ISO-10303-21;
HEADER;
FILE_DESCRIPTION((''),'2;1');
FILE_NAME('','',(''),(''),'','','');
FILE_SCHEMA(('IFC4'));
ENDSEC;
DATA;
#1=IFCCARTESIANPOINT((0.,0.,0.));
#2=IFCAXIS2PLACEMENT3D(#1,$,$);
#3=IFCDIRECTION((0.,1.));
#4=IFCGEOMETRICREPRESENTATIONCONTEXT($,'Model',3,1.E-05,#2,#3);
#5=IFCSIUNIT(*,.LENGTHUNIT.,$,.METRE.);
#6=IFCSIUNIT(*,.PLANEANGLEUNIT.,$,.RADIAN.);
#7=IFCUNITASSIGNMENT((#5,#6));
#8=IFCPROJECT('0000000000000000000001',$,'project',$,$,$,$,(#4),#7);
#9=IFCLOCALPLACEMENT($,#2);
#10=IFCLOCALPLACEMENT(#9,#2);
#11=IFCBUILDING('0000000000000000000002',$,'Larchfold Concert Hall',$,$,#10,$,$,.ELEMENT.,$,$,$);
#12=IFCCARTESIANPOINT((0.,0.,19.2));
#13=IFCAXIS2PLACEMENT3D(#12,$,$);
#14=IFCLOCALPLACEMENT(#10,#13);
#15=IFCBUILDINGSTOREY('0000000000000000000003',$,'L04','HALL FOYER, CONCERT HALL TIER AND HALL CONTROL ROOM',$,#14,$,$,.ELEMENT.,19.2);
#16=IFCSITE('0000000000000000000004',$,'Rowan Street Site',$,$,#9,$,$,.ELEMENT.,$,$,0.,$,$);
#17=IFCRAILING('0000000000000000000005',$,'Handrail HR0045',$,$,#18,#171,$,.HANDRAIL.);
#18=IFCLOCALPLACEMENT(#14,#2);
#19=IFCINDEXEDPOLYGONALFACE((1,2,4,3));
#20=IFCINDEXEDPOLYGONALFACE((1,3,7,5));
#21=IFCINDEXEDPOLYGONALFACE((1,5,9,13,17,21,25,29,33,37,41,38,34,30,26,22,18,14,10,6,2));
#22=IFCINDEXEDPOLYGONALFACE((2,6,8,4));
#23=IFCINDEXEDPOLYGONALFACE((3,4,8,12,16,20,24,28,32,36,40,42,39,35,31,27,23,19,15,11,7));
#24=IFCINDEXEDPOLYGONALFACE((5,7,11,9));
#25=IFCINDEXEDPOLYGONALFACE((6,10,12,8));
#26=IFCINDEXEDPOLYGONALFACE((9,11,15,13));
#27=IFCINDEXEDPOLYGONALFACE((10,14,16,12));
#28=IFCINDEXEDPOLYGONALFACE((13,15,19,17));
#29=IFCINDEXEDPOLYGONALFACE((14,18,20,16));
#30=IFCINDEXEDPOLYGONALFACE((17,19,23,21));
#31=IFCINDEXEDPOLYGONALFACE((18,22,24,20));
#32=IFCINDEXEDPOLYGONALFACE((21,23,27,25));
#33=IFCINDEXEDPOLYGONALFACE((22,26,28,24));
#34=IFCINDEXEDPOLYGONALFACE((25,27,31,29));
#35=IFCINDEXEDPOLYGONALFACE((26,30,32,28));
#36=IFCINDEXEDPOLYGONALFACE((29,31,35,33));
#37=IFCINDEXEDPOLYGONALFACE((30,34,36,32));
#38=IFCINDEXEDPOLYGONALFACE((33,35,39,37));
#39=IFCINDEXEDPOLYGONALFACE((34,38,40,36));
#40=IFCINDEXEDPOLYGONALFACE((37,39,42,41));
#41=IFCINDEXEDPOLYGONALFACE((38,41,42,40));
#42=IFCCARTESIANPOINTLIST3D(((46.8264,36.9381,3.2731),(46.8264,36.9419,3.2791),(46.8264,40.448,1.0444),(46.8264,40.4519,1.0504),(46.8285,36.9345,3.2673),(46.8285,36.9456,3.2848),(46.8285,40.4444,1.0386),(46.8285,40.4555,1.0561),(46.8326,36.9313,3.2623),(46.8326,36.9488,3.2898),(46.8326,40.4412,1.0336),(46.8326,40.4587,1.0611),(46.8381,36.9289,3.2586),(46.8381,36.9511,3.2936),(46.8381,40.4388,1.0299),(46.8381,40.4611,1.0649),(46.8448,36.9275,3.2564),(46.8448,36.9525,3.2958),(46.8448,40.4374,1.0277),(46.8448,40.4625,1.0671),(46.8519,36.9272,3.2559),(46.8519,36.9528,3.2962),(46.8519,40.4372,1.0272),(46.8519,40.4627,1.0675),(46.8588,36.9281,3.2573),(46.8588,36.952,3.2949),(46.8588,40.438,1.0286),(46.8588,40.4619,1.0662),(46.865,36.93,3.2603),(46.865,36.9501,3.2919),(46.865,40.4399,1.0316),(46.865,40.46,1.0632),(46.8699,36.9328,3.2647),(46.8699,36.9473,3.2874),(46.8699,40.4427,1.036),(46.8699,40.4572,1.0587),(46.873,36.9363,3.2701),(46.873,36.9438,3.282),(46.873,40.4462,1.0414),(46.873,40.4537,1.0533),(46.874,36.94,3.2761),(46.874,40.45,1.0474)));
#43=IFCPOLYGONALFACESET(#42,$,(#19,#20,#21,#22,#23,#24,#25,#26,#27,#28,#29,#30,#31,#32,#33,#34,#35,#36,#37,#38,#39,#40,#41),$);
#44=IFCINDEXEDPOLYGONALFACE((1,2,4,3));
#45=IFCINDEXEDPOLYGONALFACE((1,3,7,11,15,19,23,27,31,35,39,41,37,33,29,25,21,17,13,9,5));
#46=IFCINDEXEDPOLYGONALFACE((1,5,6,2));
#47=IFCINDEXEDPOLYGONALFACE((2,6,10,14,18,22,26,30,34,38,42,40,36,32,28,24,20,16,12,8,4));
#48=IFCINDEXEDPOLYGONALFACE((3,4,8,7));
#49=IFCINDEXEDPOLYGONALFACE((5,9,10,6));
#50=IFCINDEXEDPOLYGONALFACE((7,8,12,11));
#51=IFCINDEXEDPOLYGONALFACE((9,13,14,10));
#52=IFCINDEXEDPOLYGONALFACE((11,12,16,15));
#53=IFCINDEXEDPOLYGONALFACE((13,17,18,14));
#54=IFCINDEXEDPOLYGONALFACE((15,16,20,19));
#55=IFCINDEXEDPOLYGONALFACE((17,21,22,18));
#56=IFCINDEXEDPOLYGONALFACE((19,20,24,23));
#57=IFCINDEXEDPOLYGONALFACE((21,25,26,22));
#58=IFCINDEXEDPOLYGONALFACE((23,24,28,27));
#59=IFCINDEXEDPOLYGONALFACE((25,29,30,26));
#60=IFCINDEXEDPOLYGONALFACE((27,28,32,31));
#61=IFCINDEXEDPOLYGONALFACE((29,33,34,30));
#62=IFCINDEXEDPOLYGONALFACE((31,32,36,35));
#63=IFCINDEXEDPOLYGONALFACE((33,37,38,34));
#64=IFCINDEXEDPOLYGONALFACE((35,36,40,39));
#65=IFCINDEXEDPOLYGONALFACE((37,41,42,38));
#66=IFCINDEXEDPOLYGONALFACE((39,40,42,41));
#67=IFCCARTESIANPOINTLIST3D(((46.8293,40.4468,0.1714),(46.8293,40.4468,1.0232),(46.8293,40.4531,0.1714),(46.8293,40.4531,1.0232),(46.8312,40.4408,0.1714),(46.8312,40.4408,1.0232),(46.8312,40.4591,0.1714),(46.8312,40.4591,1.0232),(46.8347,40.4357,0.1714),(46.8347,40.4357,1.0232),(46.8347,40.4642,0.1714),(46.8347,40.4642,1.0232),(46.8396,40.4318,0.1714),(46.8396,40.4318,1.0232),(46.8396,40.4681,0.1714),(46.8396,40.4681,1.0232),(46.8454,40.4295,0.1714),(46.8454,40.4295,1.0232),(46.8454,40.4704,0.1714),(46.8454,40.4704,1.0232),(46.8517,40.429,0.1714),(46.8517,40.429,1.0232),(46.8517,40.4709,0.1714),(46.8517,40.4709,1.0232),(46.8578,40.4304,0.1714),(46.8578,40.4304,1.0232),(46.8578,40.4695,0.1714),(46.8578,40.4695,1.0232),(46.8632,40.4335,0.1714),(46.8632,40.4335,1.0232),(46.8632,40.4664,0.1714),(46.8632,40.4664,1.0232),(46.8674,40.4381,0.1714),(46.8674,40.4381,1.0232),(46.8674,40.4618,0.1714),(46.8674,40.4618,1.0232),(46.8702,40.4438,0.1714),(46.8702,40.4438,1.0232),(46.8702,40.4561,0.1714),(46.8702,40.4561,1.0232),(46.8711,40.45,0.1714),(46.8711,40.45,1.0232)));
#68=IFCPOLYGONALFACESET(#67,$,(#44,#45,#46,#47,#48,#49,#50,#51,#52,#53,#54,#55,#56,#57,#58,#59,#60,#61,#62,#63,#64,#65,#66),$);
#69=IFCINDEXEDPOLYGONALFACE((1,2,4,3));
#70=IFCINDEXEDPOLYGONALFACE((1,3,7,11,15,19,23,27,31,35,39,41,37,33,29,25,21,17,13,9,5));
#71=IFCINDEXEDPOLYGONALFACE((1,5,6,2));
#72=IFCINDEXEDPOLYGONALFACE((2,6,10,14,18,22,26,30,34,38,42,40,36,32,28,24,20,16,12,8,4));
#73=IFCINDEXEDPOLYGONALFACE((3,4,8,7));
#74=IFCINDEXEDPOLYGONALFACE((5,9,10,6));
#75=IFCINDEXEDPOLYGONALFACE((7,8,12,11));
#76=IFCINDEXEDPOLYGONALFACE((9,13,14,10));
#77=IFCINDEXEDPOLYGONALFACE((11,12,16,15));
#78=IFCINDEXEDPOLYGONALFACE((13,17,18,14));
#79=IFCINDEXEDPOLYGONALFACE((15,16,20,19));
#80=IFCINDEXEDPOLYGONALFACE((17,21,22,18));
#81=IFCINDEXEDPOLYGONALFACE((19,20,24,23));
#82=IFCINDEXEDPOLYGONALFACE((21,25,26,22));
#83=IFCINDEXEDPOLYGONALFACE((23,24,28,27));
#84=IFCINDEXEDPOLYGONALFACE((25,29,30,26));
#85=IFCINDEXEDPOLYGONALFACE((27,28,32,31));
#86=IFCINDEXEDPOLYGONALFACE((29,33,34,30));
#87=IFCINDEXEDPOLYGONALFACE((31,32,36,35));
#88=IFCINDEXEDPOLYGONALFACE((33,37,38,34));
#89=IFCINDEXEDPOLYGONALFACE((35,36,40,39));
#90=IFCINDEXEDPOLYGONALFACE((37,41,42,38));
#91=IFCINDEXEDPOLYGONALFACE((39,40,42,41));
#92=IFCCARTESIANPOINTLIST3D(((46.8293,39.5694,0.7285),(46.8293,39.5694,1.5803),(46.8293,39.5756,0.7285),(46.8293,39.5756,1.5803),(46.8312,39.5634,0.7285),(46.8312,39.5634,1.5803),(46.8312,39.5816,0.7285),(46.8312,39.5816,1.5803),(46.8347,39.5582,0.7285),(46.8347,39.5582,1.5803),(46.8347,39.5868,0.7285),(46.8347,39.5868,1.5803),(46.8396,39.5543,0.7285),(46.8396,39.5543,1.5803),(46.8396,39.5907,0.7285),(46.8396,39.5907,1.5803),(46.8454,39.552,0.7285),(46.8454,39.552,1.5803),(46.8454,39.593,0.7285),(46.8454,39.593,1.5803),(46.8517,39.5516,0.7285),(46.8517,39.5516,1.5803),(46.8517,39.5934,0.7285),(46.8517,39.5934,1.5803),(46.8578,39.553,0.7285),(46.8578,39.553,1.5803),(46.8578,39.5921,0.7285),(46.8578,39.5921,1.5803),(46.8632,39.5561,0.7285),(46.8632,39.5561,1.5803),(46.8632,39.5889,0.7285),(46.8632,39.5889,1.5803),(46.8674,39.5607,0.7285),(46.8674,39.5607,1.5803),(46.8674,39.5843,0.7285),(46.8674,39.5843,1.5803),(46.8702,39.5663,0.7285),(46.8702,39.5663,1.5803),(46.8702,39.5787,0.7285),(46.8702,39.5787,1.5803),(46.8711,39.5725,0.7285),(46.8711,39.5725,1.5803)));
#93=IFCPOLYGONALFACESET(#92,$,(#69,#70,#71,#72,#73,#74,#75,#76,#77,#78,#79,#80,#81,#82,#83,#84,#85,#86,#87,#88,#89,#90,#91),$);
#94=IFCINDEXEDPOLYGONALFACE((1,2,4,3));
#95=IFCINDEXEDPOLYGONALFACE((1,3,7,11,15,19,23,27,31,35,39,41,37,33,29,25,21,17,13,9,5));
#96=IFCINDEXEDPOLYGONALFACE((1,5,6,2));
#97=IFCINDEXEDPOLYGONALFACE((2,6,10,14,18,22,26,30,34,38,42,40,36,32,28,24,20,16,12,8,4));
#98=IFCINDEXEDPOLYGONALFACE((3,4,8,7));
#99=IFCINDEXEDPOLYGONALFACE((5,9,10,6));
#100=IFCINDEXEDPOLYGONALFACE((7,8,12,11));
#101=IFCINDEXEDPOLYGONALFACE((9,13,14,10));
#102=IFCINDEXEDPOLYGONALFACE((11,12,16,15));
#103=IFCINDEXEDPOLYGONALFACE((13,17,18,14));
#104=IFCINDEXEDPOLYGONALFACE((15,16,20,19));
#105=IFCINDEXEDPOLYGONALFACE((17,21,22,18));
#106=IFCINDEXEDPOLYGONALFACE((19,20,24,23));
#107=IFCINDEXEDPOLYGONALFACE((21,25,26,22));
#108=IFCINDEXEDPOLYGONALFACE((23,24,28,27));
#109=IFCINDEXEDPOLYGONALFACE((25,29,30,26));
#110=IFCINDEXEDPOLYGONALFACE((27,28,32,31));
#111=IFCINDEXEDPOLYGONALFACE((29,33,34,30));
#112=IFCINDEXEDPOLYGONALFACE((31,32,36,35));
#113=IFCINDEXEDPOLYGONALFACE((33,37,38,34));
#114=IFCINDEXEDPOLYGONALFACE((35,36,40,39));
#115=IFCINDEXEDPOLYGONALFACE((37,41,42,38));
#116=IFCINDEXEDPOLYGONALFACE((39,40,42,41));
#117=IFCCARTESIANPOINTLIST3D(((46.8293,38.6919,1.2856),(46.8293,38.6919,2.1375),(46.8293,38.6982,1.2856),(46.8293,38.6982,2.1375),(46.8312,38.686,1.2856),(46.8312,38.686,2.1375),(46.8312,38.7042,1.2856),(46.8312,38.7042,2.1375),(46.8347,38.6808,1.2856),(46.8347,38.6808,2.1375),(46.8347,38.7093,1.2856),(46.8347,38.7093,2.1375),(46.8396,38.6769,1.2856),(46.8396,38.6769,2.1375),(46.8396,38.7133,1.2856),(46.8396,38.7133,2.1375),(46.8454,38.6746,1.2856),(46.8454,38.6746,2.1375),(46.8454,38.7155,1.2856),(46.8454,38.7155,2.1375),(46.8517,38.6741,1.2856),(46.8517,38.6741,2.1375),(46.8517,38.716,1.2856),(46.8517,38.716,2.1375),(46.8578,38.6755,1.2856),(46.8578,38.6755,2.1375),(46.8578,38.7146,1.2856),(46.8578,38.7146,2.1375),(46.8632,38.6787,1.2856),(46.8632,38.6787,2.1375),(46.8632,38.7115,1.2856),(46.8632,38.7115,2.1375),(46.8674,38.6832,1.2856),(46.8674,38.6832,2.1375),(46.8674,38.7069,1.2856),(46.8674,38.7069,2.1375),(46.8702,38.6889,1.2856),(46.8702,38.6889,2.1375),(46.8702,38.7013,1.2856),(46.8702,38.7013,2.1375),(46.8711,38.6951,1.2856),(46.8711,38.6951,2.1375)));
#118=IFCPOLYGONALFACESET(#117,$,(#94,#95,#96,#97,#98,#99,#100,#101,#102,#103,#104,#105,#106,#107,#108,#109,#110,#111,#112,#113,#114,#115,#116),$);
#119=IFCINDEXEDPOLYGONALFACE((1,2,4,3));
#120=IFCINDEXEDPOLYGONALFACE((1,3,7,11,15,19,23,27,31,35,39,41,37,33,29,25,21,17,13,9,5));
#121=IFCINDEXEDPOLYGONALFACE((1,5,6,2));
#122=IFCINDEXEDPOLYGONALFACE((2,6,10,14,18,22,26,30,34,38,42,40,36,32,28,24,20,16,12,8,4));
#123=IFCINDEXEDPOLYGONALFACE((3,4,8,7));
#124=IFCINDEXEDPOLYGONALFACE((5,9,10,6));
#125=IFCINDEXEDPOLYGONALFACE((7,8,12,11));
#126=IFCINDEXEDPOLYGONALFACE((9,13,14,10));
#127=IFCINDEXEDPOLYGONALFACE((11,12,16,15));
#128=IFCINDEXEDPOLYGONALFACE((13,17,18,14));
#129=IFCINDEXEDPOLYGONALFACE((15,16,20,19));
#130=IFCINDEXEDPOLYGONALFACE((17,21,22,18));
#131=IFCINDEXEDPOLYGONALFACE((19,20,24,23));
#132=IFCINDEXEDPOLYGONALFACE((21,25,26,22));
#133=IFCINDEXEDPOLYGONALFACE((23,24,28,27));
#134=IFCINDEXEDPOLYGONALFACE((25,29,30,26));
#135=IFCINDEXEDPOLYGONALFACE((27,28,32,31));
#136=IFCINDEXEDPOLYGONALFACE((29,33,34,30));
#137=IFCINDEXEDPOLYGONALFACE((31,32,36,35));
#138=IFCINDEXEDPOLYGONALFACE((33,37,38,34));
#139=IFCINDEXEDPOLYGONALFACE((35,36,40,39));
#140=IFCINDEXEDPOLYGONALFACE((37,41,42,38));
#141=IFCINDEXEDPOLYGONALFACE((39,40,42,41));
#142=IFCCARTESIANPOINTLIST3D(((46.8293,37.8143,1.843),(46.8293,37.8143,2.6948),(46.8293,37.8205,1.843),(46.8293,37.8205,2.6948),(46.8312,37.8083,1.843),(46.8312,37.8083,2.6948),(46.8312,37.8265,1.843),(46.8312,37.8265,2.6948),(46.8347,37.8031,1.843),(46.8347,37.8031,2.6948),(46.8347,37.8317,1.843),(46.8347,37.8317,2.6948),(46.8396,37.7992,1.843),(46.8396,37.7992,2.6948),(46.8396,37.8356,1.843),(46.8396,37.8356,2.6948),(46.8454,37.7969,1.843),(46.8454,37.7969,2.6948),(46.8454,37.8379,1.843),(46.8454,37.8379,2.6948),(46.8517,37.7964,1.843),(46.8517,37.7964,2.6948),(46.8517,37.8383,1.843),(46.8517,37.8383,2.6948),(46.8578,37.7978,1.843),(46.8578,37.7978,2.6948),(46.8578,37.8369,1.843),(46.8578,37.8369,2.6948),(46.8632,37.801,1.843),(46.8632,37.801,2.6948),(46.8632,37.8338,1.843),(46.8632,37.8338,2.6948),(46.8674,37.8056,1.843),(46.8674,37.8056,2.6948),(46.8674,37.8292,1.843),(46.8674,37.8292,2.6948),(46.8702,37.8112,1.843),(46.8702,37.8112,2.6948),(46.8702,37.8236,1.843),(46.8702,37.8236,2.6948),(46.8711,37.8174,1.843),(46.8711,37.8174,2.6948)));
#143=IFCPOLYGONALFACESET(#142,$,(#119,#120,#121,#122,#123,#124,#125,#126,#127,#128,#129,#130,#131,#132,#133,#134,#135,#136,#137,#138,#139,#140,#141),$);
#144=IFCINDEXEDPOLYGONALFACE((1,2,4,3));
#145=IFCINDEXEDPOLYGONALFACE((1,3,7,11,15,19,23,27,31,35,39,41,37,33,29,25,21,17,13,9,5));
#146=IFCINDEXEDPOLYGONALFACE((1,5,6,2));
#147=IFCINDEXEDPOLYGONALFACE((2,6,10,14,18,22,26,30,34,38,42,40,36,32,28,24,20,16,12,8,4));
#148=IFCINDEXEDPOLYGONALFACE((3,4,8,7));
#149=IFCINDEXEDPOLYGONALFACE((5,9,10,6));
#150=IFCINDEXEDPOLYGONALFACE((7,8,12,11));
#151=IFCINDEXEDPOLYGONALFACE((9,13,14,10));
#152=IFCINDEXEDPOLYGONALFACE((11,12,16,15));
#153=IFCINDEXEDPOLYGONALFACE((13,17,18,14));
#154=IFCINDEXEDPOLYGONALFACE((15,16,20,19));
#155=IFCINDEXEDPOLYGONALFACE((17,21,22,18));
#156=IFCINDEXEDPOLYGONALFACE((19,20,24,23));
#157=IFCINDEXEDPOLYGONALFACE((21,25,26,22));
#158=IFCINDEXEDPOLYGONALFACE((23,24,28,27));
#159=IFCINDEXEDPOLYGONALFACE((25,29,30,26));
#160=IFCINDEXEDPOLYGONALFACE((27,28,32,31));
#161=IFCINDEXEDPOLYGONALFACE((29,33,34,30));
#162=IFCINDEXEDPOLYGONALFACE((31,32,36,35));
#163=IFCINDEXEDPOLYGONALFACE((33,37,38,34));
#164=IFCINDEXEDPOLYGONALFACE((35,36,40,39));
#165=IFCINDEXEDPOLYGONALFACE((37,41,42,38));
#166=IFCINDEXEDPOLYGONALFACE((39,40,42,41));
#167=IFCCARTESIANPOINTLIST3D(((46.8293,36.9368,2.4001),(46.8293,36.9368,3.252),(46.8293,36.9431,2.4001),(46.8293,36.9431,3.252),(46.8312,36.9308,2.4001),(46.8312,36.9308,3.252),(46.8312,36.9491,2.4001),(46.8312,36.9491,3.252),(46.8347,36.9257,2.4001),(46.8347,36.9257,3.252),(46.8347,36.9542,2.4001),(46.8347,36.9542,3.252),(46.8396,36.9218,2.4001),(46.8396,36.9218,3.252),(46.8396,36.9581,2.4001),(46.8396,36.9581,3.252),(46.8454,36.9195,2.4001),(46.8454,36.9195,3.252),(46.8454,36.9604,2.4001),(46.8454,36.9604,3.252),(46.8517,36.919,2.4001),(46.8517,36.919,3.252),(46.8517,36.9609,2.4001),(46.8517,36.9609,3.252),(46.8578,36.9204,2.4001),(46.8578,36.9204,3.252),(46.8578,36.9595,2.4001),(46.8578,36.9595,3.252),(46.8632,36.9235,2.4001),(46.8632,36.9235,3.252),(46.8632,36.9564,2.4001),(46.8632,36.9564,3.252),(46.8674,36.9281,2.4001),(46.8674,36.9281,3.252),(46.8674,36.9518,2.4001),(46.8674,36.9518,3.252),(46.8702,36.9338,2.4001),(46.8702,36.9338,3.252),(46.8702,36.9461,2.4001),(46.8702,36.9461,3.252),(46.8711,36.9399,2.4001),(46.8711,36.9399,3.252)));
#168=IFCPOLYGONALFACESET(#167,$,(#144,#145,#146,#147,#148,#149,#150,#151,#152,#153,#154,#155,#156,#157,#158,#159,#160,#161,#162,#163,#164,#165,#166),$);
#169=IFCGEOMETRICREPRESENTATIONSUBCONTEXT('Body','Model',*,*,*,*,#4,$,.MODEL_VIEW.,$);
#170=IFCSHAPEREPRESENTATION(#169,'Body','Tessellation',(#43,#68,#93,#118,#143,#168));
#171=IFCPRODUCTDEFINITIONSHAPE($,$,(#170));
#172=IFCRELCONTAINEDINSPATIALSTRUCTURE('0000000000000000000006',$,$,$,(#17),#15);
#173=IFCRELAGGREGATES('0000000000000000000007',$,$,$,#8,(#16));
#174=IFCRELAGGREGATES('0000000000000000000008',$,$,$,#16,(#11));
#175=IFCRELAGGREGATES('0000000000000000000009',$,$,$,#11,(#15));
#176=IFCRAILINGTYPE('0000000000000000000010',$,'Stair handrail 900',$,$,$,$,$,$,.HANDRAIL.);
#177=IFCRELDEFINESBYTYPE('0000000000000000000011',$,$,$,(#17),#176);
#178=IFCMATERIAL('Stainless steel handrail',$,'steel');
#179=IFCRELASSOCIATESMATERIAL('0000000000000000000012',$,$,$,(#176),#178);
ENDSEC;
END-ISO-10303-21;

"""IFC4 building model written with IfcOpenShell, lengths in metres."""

from ifc_helpers import new_model, si_unit, direction, frame, origin, origin_2d, place, context, subcontext, project, spatial, circle, extrude, material, type_object, element, save


model = new_model("IFC4")

# Units and contexts
model_context = context("Model", 3, precision=1e-05, world=origin(), true_north=direction((0.0, 1.0)))
body_context = subcontext(model_context, "Body", "Model", "MODEL_VIEW")
ifc_project = project(units=[si_unit("LENGTHUNIT", "METRE"), si_unit("PLANEANGLEUNIT", "RADIAN")], contexts=[model_context])

# Site, building, storey
site_placement = place(None, origin())
site = spatial("IfcSite", under=ifc_project, at=site_placement, Name="Rowan Street Site", CompositionType="ELEMENT", RefElevation=0.0)
building_placement = place(site_placement, origin())
building = spatial("IfcBuilding", under=site, at=building_placement, Name="Larchfold Concert Hall", CompositionType="ELEMENT")
storey_placement = place(building_placement, frame((0.0, 0.0, 19.2)))
storey = spatial("IfcBuildingStorey", under=building, at=storey_placement, Name="L04", Description="HALL FOYER, CONCERT HALL TIER AND HALL CONTROL ROOM", CompositionType="ELEMENT", Elevation=19.2)

# Railing
ifc_material_1 = material(Name="Stainless steel handrail", Category="steel")
railing_type_1 = type_object("IfcRailingType", Name="Stair handrail 900", PredefinedType="HANDRAIL", material=ifc_material_1)
railing_1_placement = place(storey_placement, frame((46.8501, 40.45, 0.1714)))
element("IfcRailing", 1, at=railing_1_placement, inside=storey, type_object=railing_type_1, Name="Handrail HR0045", PredefinedType="HANDRAIL", context=body_context, shape_type="SweptSolid", body=[
    extrude(circle(Radius=0.0239, at=origin_2d()), frame((0.0, 0.0, 0.876), z_axis=(0.0, -0.844193, 0.536039), x_axis=(1.0, 0.0, 0.0)), (0.0, 0.0, 1.0), 4.1577),
    extrude(circle(Radius=0.021, at=origin_2d()), origin(), (0.0, 0.0, 1.0), 0.8518),
    extrude(circle(Radius=0.021, at=origin_2d()), frame((0.0, -0.8774, 0.5571)), (0.0, 0.0, 1.0), 0.8518),
    extrude(circle(Radius=0.021, at=origin_2d()), frame((0.0, -1.7549, 1.1143)), (0.0, 0.0, 1.0), 0.8518),
    extrude(circle(Radius=0.021, at=origin_2d()), frame((0.0, -2.6326, 1.6716)), (0.0, 0.0, 1.0), 0.8518),
    extrude(circle(Radius=0.021, at=origin_2d()), frame((0.0, -3.51, 2.2288)), (0.0, 0.0, 1.0), 0.8518),
])

save(model, "model.ifc")
